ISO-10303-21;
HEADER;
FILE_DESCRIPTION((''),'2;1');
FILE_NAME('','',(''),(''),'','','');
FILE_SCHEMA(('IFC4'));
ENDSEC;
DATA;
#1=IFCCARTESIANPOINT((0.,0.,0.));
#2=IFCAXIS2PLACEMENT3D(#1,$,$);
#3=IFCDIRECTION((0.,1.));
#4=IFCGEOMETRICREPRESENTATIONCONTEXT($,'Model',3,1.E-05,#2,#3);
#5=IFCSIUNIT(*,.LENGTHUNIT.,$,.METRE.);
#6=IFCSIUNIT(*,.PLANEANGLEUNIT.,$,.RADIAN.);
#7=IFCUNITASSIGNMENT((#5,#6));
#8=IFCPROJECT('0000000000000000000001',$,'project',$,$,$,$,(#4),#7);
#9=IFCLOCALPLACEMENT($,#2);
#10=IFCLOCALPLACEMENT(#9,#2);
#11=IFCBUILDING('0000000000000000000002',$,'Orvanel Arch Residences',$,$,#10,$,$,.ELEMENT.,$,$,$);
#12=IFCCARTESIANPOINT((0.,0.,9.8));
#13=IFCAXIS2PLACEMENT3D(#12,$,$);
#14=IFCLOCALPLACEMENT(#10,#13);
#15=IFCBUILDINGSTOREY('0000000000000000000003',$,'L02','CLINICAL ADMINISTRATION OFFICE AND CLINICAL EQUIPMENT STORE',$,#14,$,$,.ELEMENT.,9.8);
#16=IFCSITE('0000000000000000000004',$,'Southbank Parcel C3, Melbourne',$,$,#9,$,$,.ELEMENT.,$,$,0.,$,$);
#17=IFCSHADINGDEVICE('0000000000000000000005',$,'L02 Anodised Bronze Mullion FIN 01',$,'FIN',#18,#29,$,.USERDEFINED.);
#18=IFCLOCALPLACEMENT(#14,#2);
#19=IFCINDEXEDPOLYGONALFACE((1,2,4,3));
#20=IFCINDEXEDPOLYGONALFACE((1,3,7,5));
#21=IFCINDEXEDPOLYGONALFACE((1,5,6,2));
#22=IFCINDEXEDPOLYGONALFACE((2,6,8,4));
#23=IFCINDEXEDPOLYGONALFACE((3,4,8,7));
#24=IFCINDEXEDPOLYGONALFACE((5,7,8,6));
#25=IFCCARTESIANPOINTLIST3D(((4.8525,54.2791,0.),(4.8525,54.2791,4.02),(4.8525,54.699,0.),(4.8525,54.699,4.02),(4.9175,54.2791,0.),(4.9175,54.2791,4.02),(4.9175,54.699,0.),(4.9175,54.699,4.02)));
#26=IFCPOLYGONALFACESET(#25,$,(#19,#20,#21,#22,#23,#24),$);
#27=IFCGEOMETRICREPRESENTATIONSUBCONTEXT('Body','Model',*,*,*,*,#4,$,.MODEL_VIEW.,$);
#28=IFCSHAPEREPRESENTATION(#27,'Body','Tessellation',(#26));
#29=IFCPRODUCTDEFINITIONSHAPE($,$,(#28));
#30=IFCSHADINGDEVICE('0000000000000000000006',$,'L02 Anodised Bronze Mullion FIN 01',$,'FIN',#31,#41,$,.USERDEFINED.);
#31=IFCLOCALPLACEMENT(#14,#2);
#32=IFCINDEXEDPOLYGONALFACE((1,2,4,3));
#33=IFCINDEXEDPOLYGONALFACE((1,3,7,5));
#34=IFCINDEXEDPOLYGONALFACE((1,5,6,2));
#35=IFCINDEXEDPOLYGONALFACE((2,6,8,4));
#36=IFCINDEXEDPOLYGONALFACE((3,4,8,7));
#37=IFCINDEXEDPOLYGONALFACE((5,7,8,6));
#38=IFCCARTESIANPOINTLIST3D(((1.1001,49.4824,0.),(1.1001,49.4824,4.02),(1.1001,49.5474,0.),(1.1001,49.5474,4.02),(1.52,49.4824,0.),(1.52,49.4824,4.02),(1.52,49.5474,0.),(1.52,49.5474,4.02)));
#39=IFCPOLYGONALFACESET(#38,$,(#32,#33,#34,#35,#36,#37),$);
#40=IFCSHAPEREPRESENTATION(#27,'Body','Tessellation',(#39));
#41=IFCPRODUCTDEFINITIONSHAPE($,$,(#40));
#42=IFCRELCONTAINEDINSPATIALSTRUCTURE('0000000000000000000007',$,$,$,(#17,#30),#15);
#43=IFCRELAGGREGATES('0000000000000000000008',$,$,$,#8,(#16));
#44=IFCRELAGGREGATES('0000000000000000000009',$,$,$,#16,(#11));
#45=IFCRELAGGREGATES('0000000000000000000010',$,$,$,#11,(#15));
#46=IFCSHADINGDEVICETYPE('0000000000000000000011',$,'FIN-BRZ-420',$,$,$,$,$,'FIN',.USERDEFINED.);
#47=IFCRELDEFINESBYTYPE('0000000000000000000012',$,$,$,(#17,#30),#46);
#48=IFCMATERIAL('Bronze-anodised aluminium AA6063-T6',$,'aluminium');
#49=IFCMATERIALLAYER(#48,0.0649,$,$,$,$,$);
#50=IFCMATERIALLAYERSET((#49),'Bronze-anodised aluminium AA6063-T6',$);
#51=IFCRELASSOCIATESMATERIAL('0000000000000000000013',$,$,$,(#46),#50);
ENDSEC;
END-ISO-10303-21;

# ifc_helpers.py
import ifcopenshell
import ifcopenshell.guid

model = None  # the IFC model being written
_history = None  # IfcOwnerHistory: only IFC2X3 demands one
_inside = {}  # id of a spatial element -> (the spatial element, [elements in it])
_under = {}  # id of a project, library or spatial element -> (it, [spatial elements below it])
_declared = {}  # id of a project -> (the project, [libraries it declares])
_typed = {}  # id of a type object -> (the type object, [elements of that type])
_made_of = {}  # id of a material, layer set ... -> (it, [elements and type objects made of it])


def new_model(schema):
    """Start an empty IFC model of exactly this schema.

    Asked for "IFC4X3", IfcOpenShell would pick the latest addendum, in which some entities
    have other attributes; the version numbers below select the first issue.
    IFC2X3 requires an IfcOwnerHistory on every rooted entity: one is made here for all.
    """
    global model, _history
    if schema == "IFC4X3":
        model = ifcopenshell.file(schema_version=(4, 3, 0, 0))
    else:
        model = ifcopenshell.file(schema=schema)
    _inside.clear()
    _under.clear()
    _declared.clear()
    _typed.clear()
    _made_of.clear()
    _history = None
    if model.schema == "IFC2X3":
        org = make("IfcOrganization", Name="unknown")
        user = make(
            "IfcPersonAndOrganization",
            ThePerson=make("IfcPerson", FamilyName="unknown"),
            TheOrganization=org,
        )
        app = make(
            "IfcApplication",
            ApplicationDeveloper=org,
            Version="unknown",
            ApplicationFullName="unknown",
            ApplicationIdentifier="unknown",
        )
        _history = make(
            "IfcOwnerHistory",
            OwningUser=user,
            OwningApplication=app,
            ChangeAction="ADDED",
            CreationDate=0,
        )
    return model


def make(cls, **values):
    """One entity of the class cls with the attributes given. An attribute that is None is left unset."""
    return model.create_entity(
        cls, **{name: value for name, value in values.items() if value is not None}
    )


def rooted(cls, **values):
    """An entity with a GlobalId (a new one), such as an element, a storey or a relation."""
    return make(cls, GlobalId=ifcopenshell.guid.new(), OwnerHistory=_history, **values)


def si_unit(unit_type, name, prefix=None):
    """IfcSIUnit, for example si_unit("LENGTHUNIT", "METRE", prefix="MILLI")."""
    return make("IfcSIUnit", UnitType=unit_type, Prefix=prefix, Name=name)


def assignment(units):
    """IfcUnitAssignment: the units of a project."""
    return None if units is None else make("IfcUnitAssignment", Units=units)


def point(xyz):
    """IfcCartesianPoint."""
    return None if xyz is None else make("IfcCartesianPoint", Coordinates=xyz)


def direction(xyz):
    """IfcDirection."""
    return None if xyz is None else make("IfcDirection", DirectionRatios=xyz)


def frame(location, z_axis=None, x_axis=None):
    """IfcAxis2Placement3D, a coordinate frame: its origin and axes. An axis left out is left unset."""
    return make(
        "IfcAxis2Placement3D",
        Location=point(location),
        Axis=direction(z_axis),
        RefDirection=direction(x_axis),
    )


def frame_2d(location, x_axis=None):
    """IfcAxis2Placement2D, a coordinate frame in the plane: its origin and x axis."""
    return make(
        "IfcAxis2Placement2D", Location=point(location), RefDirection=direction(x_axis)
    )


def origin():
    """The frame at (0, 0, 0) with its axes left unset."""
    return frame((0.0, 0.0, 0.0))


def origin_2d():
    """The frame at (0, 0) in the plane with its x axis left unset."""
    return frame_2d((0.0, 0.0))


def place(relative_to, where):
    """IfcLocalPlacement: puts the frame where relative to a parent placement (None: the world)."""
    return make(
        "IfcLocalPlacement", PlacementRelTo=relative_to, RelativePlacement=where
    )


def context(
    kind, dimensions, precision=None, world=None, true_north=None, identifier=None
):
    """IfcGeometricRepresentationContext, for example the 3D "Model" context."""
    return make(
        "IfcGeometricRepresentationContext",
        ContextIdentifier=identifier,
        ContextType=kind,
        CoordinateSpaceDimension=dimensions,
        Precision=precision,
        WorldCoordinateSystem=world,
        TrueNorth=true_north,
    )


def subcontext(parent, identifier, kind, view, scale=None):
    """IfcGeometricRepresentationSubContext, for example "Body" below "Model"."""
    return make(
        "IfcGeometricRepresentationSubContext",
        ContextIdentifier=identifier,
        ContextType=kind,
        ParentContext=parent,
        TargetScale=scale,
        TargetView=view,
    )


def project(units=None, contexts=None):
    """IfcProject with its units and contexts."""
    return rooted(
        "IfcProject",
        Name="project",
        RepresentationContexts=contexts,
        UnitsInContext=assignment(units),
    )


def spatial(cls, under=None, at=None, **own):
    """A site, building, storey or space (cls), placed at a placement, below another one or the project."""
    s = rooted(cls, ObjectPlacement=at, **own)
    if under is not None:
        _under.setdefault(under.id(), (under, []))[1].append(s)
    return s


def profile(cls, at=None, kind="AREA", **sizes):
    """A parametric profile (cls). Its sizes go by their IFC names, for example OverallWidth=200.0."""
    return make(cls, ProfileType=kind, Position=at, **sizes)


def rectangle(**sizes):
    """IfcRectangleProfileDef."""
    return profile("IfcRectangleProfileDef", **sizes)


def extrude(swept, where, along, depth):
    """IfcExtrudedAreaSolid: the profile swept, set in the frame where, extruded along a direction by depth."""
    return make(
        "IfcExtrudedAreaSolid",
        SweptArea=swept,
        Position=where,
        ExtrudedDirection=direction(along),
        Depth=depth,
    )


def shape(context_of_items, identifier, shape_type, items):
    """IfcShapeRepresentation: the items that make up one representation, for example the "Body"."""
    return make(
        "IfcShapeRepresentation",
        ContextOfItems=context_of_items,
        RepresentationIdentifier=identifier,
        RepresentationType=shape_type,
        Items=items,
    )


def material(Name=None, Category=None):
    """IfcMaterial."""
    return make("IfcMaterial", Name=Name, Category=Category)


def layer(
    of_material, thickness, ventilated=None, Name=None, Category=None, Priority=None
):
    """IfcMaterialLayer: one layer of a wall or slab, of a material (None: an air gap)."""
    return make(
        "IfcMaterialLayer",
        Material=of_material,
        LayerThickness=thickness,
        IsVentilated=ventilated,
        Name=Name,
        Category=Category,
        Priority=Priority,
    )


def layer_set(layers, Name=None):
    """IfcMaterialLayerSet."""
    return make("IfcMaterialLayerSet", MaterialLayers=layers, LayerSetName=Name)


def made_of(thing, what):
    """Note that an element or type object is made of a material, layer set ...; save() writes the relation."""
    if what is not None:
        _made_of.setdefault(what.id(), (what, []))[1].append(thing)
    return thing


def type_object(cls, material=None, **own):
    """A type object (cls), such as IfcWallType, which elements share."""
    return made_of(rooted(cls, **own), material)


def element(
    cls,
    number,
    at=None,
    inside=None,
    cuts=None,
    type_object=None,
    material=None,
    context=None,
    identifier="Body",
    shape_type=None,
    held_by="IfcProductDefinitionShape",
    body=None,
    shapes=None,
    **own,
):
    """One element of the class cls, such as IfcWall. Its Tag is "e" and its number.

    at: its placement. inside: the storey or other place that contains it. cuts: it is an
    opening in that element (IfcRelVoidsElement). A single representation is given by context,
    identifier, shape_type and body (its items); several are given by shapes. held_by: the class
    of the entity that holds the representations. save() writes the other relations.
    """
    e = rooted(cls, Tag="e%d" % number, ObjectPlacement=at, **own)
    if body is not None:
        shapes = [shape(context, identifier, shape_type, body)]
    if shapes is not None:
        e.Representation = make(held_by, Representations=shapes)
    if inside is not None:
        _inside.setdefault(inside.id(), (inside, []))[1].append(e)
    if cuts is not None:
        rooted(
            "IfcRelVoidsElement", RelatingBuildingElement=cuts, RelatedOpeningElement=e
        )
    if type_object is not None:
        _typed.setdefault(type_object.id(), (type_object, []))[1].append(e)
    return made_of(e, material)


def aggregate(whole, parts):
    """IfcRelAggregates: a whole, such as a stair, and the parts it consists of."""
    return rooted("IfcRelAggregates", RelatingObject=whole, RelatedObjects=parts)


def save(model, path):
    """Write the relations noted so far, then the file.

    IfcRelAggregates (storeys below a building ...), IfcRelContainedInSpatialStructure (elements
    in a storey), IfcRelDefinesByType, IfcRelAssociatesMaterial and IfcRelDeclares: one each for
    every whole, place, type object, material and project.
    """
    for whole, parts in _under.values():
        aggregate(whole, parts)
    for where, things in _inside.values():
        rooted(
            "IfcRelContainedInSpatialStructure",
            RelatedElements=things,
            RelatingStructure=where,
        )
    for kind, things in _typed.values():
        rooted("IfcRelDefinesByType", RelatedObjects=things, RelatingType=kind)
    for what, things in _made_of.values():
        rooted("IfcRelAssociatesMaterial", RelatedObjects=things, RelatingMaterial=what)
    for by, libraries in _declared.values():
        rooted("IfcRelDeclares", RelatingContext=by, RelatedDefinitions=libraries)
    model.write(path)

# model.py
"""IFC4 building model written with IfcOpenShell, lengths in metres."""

from ifc_helpers import new_model, si_unit, direction, frame, origin, origin_2d, place, context, subcontext, project, spatial, rectangle, extrude, material, layer, layer_set, type_object, element, save


model = new_model("IFC4")

# Units and contexts
model_context = context("Model", 3, precision=1e-05, world=origin(), true_north=direction((0.0, 1.0)))
body_context = subcontext(model_context, "Body", "Model", "MODEL_VIEW")
ifc_project = project(units=[si_unit("LENGTHUNIT", "METRE"), si_unit("PLANEANGLEUNIT", "RADIAN")], contexts=[model_context])

# Site, building, storey
site_placement = place(None, origin())
site = spatial("IfcSite", under=ifc_project, at=site_placement, Name="Southbank Parcel C3, Melbourne", CompositionType="ELEMENT", RefElevation=0.0)
building_placement = place(site_placement, origin())
building = spatial("IfcBuilding", under=site, at=building_placement, Name="Orvanel Arch Residences", CompositionType="ELEMENT")
storey_placement = place(building_placement, frame((0.0, 0.0, 9.8)))
storey = spatial("IfcBuildingStorey", under=building, at=storey_placement, Name="L02", Description="CLINICAL ADMINISTRATION OFFICE AND CLINICAL EQUIPMENT STORE", CompositionType="ELEMENT", Elevation=9.8)

# Shared definitions
ifc_material_1 = material(Name="Bronze-anodised aluminium AA6063-T6", Category="aluminium")

# Shading devices
ifc_layer_1 = layer(ifc_material_1, 0.0649)
ifc_layer_set_1 = layer_set([ifc_layer_1], Name="Bronze-anodised aluminium AA6063-T6")
shading_device_type = type_object("IfcShadingDeviceType", Name="FIN-BRZ-420", ElementType="FIN", PredefinedType="USERDEFINED", material=ifc_layer_set_1)
for number, where, z_axis, x_axis, name in (
    (1, (4.885, 54.489, 0.0), (0.0, 0.0, 1.0), (0.0, 1.0, 0.0), "L02 Anodised Bronze Mullion FIN 01"),
    (2, (1.3101, 49.5149, 0.0), (0.0, 0.0, 1.0), (-1.0, 0.0, 0.0), "L02 Anodised Bronze Mullion FIN 01"),
):
    element("IfcShadingDevice", number, at=place(storey_placement, frame(where, z_axis=z_axis, x_axis=x_axis)), inside=storey, type_object=shading_device_type, Name=name, ObjectType="FIN", PredefinedType="USERDEFINED", context=body_context, shape_type="SweptSolid", body=[
        extrude(rectangle(XDim=0.4199, YDim=0.0649, at=origin_2d()), origin(), (0.0, 0.0, 1.0), 4.02),
    ])

save(model, "model.ifc")
